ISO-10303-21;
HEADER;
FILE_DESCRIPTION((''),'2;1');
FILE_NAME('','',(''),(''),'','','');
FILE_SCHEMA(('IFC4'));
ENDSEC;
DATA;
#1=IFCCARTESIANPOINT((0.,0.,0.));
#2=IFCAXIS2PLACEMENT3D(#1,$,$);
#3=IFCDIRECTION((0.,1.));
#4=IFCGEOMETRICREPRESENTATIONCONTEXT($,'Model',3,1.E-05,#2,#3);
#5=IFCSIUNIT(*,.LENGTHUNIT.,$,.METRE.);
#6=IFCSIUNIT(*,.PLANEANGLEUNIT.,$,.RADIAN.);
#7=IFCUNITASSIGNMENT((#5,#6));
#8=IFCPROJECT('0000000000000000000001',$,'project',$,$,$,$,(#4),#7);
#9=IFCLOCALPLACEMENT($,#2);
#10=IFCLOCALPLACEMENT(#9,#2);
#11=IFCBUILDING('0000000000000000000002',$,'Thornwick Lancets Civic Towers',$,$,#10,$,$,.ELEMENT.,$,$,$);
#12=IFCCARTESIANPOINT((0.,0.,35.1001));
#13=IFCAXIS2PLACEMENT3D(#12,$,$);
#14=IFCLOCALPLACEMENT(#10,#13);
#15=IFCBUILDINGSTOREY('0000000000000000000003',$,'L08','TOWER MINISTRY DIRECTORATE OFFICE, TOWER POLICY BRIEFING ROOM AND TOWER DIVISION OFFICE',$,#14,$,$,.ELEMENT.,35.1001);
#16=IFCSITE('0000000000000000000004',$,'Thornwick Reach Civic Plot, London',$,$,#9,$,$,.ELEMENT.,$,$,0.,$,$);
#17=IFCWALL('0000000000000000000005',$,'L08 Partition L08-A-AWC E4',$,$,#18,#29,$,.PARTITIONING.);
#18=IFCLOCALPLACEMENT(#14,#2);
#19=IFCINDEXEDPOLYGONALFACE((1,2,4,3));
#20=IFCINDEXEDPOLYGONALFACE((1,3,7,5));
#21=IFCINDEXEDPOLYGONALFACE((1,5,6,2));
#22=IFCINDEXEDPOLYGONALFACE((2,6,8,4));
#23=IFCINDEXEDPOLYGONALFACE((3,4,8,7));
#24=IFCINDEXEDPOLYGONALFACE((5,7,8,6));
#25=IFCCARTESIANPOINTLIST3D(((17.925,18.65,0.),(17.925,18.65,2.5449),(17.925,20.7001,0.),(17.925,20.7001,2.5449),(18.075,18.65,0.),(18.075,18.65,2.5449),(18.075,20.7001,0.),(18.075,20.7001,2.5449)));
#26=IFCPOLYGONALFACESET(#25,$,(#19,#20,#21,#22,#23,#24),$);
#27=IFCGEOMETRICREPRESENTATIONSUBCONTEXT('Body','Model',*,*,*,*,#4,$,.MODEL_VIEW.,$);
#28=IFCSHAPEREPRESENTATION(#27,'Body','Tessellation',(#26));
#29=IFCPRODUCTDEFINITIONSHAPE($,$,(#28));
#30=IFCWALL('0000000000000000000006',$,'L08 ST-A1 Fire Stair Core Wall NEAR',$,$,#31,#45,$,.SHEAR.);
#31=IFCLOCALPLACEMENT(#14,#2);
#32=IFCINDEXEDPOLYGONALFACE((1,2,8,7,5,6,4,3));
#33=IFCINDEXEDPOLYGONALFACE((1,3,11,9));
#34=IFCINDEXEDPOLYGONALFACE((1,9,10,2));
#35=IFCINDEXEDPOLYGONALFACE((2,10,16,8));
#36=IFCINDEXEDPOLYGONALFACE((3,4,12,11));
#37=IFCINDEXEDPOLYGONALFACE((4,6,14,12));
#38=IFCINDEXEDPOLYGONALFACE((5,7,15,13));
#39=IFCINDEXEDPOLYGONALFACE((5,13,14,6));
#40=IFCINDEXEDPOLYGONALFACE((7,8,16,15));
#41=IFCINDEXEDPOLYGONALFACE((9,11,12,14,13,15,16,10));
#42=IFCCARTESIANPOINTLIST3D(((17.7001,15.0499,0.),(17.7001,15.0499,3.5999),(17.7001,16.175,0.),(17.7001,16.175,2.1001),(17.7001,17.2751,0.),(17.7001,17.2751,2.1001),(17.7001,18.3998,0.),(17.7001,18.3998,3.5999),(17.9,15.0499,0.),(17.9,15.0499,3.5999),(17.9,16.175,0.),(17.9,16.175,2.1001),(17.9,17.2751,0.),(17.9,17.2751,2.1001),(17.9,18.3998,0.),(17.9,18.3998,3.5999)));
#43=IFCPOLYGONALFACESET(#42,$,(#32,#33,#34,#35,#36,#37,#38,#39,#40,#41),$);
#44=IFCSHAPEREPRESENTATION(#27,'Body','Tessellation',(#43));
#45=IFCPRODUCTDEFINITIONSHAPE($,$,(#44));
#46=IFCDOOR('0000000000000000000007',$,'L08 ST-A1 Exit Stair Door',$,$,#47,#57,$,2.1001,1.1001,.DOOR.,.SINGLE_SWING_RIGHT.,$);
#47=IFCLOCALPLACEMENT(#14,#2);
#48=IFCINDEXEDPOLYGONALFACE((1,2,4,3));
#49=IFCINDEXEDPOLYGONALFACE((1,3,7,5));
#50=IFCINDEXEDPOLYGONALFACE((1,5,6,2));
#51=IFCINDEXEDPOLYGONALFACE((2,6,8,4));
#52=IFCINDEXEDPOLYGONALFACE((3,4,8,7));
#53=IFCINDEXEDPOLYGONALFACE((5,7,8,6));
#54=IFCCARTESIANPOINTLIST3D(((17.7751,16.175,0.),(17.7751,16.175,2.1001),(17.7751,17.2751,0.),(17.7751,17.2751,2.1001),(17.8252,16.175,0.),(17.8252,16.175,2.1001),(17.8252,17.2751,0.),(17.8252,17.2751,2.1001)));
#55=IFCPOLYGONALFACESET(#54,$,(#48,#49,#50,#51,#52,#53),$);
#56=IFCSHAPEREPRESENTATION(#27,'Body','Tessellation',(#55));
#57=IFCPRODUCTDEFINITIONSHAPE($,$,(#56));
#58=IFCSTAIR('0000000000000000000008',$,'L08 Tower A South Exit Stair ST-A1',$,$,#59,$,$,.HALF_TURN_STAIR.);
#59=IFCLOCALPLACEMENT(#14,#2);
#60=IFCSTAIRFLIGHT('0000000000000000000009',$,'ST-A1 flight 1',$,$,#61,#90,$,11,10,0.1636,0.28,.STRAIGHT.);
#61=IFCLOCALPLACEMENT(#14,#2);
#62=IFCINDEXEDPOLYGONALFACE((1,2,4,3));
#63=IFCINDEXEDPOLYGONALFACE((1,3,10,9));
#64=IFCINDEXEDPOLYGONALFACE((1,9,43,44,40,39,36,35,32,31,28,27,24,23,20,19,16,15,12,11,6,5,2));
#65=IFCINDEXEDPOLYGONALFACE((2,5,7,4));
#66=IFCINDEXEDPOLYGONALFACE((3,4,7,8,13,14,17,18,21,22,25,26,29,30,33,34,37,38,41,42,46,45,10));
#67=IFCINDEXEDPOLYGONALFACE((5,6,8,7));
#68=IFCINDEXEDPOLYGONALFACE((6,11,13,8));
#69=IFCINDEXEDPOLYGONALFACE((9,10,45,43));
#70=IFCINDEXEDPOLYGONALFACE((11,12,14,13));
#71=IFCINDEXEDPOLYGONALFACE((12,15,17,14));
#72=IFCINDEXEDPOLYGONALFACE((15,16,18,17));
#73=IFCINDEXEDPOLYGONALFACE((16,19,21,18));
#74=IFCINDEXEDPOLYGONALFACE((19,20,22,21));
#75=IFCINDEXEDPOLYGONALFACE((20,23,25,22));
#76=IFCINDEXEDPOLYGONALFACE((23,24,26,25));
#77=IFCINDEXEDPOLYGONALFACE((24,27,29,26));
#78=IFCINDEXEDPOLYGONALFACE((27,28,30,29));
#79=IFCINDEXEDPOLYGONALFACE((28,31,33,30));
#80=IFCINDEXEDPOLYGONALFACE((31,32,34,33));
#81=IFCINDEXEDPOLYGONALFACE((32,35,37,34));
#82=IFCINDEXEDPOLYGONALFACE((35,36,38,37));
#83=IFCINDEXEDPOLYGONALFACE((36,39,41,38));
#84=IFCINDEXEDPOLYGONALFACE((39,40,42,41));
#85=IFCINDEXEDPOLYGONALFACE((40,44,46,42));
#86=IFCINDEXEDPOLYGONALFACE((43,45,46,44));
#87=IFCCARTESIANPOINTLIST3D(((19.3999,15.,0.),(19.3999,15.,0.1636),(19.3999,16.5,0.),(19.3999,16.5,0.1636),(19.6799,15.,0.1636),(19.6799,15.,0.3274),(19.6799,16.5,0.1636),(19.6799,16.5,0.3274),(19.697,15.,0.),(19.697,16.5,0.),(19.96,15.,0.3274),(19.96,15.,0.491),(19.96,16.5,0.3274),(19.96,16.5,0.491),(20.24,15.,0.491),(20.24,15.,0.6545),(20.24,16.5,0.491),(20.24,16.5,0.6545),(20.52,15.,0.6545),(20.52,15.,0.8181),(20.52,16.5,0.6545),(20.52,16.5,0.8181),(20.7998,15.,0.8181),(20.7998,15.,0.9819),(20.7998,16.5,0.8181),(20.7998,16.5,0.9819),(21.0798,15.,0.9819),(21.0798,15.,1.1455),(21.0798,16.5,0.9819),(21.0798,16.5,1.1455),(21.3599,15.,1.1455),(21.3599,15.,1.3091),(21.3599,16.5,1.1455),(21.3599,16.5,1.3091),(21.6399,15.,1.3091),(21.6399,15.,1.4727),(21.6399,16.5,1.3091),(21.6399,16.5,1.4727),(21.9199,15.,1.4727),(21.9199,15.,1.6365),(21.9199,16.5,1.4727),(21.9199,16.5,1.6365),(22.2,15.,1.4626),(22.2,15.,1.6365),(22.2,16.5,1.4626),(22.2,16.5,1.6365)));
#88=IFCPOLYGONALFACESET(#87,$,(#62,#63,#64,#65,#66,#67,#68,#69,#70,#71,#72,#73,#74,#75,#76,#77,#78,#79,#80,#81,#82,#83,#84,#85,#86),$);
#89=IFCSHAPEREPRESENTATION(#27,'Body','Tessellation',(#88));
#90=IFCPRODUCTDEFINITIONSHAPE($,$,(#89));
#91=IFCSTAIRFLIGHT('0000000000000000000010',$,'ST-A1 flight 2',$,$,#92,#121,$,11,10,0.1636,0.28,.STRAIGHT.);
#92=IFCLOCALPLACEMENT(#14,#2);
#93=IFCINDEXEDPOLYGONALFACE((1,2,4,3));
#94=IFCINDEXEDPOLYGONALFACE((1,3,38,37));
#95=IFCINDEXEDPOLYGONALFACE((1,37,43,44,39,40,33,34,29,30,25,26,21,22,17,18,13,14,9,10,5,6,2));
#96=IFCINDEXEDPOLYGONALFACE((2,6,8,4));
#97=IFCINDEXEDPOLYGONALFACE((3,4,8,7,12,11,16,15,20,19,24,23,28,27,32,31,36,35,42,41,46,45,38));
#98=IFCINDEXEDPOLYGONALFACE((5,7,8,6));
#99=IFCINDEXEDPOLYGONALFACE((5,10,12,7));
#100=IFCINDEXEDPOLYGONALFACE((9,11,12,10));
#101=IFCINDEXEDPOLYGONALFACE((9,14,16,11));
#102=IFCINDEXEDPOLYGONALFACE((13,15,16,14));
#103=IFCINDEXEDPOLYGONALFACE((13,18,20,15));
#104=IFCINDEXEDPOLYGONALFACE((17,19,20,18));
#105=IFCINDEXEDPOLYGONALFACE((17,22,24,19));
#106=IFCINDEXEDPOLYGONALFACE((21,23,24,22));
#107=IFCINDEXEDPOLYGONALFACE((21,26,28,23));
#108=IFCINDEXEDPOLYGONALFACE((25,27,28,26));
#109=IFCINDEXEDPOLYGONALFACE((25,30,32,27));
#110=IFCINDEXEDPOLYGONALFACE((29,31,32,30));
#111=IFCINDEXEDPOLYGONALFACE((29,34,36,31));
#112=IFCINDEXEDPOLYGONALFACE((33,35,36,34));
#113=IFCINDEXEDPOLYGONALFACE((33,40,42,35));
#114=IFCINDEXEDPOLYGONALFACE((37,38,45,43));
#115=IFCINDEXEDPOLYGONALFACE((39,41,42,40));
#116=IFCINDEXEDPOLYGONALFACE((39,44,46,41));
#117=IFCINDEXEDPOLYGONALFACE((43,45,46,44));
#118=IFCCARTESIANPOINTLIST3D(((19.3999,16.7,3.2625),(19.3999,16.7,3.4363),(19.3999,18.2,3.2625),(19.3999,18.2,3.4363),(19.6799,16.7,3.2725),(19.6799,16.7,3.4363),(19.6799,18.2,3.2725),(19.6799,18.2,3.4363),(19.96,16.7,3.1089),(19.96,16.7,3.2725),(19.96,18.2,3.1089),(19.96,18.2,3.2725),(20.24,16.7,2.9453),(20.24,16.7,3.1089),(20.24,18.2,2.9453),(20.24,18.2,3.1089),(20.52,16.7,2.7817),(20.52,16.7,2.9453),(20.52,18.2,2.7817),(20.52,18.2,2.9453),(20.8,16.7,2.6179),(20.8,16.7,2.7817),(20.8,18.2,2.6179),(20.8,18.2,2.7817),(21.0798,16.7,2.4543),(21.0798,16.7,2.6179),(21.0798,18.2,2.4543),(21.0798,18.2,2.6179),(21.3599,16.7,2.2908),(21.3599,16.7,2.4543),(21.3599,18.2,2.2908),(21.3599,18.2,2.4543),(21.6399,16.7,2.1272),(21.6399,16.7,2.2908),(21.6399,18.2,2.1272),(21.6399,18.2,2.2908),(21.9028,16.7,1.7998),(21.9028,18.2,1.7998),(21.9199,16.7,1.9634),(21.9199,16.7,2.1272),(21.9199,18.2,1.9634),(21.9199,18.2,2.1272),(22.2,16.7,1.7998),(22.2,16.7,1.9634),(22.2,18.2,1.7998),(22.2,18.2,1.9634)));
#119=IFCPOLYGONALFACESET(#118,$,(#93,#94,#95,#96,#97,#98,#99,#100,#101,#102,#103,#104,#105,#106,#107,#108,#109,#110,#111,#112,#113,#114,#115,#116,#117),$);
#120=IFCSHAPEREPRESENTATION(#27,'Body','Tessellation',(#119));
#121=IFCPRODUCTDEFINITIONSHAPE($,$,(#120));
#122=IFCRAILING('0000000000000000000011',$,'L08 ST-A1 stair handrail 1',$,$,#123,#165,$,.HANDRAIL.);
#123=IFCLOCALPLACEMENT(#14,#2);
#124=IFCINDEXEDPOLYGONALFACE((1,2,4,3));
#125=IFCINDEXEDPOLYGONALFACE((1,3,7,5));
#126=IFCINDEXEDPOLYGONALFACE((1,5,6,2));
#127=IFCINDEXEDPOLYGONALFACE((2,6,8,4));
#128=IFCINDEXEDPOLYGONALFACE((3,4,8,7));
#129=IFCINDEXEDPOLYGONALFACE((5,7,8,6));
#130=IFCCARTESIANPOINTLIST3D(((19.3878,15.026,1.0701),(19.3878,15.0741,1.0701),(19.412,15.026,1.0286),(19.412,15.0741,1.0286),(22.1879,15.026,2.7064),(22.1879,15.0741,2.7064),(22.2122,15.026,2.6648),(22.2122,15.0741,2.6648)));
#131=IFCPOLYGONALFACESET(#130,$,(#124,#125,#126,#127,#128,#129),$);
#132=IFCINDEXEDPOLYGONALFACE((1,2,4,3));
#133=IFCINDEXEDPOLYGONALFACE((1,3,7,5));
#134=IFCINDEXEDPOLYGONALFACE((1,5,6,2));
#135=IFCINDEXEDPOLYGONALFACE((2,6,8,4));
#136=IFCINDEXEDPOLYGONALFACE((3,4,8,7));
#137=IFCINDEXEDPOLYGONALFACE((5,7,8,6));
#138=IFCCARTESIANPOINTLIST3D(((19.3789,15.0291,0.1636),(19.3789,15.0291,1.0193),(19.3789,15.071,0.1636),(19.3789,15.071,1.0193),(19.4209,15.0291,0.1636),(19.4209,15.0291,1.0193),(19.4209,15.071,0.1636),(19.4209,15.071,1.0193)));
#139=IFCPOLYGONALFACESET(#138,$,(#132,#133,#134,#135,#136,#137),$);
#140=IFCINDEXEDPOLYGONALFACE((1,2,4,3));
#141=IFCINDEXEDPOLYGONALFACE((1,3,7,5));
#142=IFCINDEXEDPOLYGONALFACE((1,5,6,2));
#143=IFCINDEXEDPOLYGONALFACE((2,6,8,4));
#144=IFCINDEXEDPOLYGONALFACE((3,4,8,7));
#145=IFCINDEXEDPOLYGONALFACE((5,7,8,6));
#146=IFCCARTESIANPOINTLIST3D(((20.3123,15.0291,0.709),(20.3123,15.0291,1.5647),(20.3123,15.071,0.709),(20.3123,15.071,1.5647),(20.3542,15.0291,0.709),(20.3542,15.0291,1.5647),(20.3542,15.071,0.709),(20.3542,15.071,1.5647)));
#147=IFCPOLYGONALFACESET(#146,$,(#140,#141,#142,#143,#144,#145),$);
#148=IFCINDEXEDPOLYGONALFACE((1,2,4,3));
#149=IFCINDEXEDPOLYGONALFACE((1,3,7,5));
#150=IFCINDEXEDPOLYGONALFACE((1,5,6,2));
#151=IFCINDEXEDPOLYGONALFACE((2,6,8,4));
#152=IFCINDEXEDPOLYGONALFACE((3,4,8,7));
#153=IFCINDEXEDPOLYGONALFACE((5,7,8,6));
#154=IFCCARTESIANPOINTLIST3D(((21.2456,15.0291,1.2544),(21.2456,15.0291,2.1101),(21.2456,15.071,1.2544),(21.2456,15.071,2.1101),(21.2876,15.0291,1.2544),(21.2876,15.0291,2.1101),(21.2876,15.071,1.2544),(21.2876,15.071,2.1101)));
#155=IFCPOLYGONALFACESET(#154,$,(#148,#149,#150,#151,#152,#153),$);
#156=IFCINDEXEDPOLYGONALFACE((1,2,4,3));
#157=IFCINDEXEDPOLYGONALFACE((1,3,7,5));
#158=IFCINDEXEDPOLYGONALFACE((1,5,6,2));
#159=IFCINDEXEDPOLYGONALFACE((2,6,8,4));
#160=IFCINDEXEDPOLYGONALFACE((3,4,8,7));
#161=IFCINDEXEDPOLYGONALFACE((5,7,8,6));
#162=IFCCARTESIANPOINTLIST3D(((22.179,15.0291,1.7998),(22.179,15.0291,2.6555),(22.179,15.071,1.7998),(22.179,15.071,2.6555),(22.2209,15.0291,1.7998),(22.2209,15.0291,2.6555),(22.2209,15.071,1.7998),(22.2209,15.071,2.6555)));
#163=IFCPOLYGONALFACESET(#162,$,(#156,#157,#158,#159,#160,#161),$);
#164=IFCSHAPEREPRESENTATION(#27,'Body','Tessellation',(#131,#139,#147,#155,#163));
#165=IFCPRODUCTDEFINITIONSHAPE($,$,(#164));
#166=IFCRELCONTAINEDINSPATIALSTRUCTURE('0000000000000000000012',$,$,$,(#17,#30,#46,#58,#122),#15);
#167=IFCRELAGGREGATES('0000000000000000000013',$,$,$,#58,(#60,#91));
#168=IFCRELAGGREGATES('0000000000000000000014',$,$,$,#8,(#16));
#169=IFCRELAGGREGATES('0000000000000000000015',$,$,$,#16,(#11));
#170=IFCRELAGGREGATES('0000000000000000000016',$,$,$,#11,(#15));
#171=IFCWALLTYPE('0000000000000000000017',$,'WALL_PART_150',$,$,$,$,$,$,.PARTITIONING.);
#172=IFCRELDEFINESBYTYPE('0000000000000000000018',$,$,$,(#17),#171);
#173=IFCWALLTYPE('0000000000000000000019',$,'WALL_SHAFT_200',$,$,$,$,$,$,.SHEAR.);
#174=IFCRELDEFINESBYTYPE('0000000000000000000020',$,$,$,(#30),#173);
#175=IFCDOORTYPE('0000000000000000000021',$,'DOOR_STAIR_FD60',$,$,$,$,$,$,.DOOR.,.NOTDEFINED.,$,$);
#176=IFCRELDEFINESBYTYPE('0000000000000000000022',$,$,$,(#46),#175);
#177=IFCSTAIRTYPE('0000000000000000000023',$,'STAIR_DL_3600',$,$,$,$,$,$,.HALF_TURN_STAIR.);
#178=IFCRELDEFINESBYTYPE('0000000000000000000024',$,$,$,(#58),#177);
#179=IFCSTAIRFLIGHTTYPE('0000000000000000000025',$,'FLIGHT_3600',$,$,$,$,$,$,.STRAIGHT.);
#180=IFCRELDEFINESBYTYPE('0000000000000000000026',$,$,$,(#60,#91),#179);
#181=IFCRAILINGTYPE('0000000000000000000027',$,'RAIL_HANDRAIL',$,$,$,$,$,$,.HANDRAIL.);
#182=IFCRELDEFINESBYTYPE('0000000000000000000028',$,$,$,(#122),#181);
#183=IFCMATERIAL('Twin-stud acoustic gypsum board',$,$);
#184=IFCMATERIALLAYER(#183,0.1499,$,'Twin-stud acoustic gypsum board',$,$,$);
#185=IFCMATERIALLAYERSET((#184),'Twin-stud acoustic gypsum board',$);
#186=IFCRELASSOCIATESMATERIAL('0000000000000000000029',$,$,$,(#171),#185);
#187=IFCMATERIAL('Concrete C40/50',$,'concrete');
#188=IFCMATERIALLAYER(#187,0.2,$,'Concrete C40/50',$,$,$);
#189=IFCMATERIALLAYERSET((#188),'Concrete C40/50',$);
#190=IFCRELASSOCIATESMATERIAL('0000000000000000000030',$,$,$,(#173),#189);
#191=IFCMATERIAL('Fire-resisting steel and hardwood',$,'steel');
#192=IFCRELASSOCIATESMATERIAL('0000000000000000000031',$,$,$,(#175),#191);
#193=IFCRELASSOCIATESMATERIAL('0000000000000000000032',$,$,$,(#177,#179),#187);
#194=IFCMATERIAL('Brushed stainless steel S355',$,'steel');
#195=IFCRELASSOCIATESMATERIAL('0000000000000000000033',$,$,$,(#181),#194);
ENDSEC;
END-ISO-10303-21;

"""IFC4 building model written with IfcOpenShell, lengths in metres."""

from ifc_helpers import new_model, si_unit, direction, frame, frame_2d, origin, origin_2d, place, context, subcontext, project, spatial, polyline, rectangle, outline, extrude, material, layer, layer_set, type_object, element, fill, aggregate, save


model = new_model("IFC4")

# Units and contexts
model_context = context("Model", 3, precision=1e-05, world=origin(), true_north=direction((0.0, 1.0)))
body_context = subcontext(model_context, "Body", "Model", "MODEL_VIEW")
ifc_project = project(units=[si_unit("LENGTHUNIT", "METRE"), si_unit("PLANEANGLEUNIT", "RADIAN")], contexts=[model_context])

# Site, building, storey
site_placement = place(None, origin())
site = spatial("IfcSite", under=ifc_project, at=site_placement, Name="Thornwick Reach Civic Plot, London", CompositionType="ELEMENT", RefElevation=0.0)
building_placement = place(site_placement, origin())
building = spatial("IfcBuilding", under=site, at=building_placement, Name="Thornwick Lancets Civic Towers", CompositionType="ELEMENT")
storey_placement = place(building_placement, frame((0.0, 0.0, 35.1001)))
storey = spatial("IfcBuildingStorey", under=building, at=storey_placement, Name="L08", Description="TOWER MINISTRY DIRECTORATE OFFICE, TOWER POLICY BRIEFING ROOM AND TOWER DIVISION OFFICE", CompositionType="ELEMENT", Elevation=35.1001)

# Shared definitions
ifc_material_1 = material(Name="Twin-stud acoustic gypsum board")
ifc_layer_1 = layer(ifc_material_1, 0.1499, Name="Twin-stud acoustic gypsum board")
ifc_layer_set_1 = layer_set([ifc_layer_1], Name="Twin-stud acoustic gypsum board")
wall_type_1 = type_object("IfcWallType", Name="WALL_PART_150", PredefinedType="PARTITIONING", material=ifc_layer_set_1)

# Wall
wall_1_placement = place(storey_placement, frame((18.0, 20.7, 0.0), z_axis=(0.0, 0.0, 1.0), x_axis=(0.0, -1.0, 0.0)))
element("IfcWall", 1, at=wall_1_placement, inside=storey, type_object=wall_type_1, Name="L08 Partition L08-A-AWC E4", PredefinedType="PARTITIONING", context=body_context, shape_type="SweptSolid", body=[
    extrude(rectangle(XDim=2.05, YDim=0.1499, at=frame_2d((1.0249, 0.0))), origin(), (0.0, 0.0, 1.0), 2.5449),
])

# Wall, opening, door
ifc_material_2 = material(Name="Concrete C40/50", Category="concrete")
ifc_layer_2 = layer(ifc_material_2, 0.2, Name="Concrete C40/50")
ifc_layer_set_2 = layer_set([ifc_layer_2], Name="Concrete C40/50")
wall_type_2 = type_object("IfcWallType", Name="WALL_SHAFT_200", PredefinedType="SHEAR", material=ifc_layer_set_2)
wall_2_placement = place(storey_placement, frame((17.8, 15.05, 0.0), z_axis=(0.0, 0.0, 1.0), x_axis=(0.0, 1.0, 0.0)))
wall_2 = element("IfcWall", 2, at=wall_2_placement, inside=storey, type_object=wall_type_2, Name="L08 ST-A1 Fire Stair Core Wall NEAR", PredefinedType="SHEAR", context=body_context, shape_type="SweptSolid", body=[
    extrude(rectangle(XDim=3.3499, YDim=0.2, at=frame_2d((1.6748, 0.0))), origin(), (0.0, 0.0, 1.0), 3.5999),
])
opening_1_placement = place(wall_2_placement, frame((1.125, 0.0, 0.0)))
opening_1 = element("IfcOpeningElement", 3, at=opening_1_placement, cuts=wall_2, PredefinedType="OPENING", context=body_context, shape_type="SweptSolid", body=[
    extrude(rectangle(XDim=1.1001, YDim=2.1001, at=frame_2d((0.55, 1.05))), frame((0.0, 0.1099, 0.0), z_axis=(0.0, -1.0, 0.0), x_axis=(1.0, 0.0, 0.0)), (0.0, 0.0, 1.0), 0.22),
])
ifc_material_3 = material(Name="Fire-resisting steel and hardwood", Category="steel")
door_type_1 = type_object("IfcDoorType", Name="DOOR_STAIR_FD60", OperationType="NOTDEFINED", PredefinedType="DOOR", material=ifc_material_3)
door_1_placement = place(opening_1_placement, origin())
door_1 = element("IfcDoor", 4, at=door_1_placement, inside=storey, type_object=door_type_1, Name="L08 ST-A1 Exit Stair Door", OperationType="SINGLE_SWING_RIGHT", OverallHeight=2.1001, OverallWidth=1.1001, PredefinedType="DOOR", context=body_context, shape_type="SweptSolid", body=[
    extrude(rectangle(XDim=1.1001, YDim=2.1001, at=frame_2d((0.55, 1.05))), frame((0.0, 0.0249, 0.0), z_axis=(0.0, -1.0, 0.0), x_axis=(1.0, 0.0, 0.0)), (0.0, 0.0, 1.0), 0.05),
])
fill(opening_1, door_1)

# Stair, stair flights
stair_type = type_object("IfcStairType", Name="STAIR_DL_3600", PredefinedType="HALF_TURN_STAIR", material=ifc_material_2)
stair_placement = place(storey_placement, origin())
stair = element("IfcStair", 5, at=stair_placement, inside=storey, type_object=stair_type, Name="L08 Tower A South Exit Stair ST-A1", PredefinedType="HALF_TURN_STAIR")
stair_flight_type = type_object("IfcStairFlightType", Name="FLIGHT_3600", PredefinedType="STRAIGHT", material=ifc_material_2)
stair_flight_1_placement = place(storey_placement, frame((19.3999, 15.75, 0.0), z_axis=(0.0, 0.0, 1.0), x_axis=(1.0, 0.0, 0.0)))
stair_flight_1 = element("IfcStairFlight", 6, at=stair_flight_1_placement, type_object=stair_flight_type, Name="ST-A1 flight 1", NumberOfRisers=11, NumberOfTreads=10, PredefinedType="STRAIGHT", RiserHeight=0.1636, TreadLength=0.28, context=body_context, shape_type="SweptSolid", body=[
    extrude(outline(polyline([(0.0, 0.0), (0.0, 0.1636), (0.28, 0.1636), (0.28, 0.3274), (0.5601, 0.3274), (0.5601, 0.491), (0.8401, 0.491), (0.8401, 0.6545), (1.1201, 0.6545), (1.1201, 0.8181), (1.3999, 0.8181), (1.3999, 0.9819), (1.6799, 0.9819), (1.6799, 1.1455), (1.96, 1.1455), (1.96, 1.3091), (2.24, 1.3091), (2.24, 1.4727), (2.52, 1.4727), (2.52, 1.6365), (2.8, 1.6365), (2.8, 1.8), (2.8, 1.4626), (0.2971, 0.0), (0.0, 0.0)])), frame((0.0, 0.75, 0.0), z_axis=(0.0, -1.0, 0.0), x_axis=(1.0, 0.0, 0.0)), (0.0, 0.0, 1.0), 1.5),
])
stair_flight_2_placement = place(storey_placement, frame((22.2, 17.45, 1.7998), z_axis=(0.0, 0.0, 1.0), x_axis=(-1.0, 0.0, 0.0)))
stair_flight_2 = element("IfcStairFlight", 7, at=stair_flight_2_placement, type_object=stair_flight_type, Name="ST-A1 flight 2", NumberOfRisers=11, NumberOfTreads=10, PredefinedType="STRAIGHT", RiserHeight=0.1636, TreadLength=0.28, context=body_context, shape_type="SweptSolid", body=[
    extrude(outline(polyline([(0.0, 0.0), (0.0, 0.1636), (0.28, 0.1636), (0.28, 0.3274), (0.5601, 0.3274), (0.5601, 0.491), (0.8401, 0.491), (0.8401, 0.6545), (1.1201, 0.6545), (1.1201, 0.8181), (1.3999, 0.8181), (1.3999, 0.9819), (1.6799, 0.9819), (1.6799, 1.1455), (1.96, 1.1455), (1.96, 1.3091), (2.24, 1.3091), (2.24, 1.4727), (2.52, 1.4727), (2.52, 1.6365), (2.8, 1.6365), (2.8, 1.8), (2.8, 1.4626), (0.2971, 0.0), (0.0, 0.0)])), frame((0.0, 0.75, 0.0), z_axis=(0.0, -1.0, 0.0), x_axis=(1.0, 0.0, 0.0)), (0.0, 0.0, 1.0), 1.5),
])
aggregate(stair, [stair_flight_1, stair_flight_2])

# Railing
ifc_material_4 = material(Name="Brushed stainless steel S355", Category="steel")
railing_type_1 = type_object("IfcRailingType", Name="RAIL_HANDRAIL", PredefinedType="HANDRAIL", material=ifc_material_4)
railing_1_placement = place(storey_placement, frame((19.3999, 15.05, 0.1636)))
element("IfcRailing", 8, at=railing_1_placement, inside=storey, type_object=railing_type_1, Name="L08 ST-A1 stair handrail 1", PredefinedType="HANDRAIL", context=body_context, shape_type="SweptSolid", body=[
    extrude(rectangle(XDim=0.0481, YDim=0.0481, at=origin_2d()), frame((0.0, 0.0, 0.8857), z_axis=(0.863394, 0.0, 0.504531), x_axis=(0.0, 1.0, 0.0)), (0.0, 0.0, 1.0), 3.2432),
    extrude(rectangle(XDim=0.042, YDim=0.042, at=origin_2d()), origin(), (0.0, 0.0, 1.0), 0.8557),
    extrude(rectangle(XDim=0.042, YDim=0.042, at=origin_2d()), frame((0.9333, 0.0, 0.5454)), (0.0, 0.0, 1.0), 0.8557),
    extrude(rectangle(XDim=0.042, YDim=0.042, at=origin_2d()), frame((1.8667, 0.0, 1.0908)), (0.0, 0.0, 1.0), 0.8557),
    extrude(rectangle(XDim=0.042, YDim=0.042, at=origin_2d()), frame((2.8, 0.0, 1.6362)), (0.0, 0.0, 1.0), 0.8557),
])

save(model, "model.ifc")
